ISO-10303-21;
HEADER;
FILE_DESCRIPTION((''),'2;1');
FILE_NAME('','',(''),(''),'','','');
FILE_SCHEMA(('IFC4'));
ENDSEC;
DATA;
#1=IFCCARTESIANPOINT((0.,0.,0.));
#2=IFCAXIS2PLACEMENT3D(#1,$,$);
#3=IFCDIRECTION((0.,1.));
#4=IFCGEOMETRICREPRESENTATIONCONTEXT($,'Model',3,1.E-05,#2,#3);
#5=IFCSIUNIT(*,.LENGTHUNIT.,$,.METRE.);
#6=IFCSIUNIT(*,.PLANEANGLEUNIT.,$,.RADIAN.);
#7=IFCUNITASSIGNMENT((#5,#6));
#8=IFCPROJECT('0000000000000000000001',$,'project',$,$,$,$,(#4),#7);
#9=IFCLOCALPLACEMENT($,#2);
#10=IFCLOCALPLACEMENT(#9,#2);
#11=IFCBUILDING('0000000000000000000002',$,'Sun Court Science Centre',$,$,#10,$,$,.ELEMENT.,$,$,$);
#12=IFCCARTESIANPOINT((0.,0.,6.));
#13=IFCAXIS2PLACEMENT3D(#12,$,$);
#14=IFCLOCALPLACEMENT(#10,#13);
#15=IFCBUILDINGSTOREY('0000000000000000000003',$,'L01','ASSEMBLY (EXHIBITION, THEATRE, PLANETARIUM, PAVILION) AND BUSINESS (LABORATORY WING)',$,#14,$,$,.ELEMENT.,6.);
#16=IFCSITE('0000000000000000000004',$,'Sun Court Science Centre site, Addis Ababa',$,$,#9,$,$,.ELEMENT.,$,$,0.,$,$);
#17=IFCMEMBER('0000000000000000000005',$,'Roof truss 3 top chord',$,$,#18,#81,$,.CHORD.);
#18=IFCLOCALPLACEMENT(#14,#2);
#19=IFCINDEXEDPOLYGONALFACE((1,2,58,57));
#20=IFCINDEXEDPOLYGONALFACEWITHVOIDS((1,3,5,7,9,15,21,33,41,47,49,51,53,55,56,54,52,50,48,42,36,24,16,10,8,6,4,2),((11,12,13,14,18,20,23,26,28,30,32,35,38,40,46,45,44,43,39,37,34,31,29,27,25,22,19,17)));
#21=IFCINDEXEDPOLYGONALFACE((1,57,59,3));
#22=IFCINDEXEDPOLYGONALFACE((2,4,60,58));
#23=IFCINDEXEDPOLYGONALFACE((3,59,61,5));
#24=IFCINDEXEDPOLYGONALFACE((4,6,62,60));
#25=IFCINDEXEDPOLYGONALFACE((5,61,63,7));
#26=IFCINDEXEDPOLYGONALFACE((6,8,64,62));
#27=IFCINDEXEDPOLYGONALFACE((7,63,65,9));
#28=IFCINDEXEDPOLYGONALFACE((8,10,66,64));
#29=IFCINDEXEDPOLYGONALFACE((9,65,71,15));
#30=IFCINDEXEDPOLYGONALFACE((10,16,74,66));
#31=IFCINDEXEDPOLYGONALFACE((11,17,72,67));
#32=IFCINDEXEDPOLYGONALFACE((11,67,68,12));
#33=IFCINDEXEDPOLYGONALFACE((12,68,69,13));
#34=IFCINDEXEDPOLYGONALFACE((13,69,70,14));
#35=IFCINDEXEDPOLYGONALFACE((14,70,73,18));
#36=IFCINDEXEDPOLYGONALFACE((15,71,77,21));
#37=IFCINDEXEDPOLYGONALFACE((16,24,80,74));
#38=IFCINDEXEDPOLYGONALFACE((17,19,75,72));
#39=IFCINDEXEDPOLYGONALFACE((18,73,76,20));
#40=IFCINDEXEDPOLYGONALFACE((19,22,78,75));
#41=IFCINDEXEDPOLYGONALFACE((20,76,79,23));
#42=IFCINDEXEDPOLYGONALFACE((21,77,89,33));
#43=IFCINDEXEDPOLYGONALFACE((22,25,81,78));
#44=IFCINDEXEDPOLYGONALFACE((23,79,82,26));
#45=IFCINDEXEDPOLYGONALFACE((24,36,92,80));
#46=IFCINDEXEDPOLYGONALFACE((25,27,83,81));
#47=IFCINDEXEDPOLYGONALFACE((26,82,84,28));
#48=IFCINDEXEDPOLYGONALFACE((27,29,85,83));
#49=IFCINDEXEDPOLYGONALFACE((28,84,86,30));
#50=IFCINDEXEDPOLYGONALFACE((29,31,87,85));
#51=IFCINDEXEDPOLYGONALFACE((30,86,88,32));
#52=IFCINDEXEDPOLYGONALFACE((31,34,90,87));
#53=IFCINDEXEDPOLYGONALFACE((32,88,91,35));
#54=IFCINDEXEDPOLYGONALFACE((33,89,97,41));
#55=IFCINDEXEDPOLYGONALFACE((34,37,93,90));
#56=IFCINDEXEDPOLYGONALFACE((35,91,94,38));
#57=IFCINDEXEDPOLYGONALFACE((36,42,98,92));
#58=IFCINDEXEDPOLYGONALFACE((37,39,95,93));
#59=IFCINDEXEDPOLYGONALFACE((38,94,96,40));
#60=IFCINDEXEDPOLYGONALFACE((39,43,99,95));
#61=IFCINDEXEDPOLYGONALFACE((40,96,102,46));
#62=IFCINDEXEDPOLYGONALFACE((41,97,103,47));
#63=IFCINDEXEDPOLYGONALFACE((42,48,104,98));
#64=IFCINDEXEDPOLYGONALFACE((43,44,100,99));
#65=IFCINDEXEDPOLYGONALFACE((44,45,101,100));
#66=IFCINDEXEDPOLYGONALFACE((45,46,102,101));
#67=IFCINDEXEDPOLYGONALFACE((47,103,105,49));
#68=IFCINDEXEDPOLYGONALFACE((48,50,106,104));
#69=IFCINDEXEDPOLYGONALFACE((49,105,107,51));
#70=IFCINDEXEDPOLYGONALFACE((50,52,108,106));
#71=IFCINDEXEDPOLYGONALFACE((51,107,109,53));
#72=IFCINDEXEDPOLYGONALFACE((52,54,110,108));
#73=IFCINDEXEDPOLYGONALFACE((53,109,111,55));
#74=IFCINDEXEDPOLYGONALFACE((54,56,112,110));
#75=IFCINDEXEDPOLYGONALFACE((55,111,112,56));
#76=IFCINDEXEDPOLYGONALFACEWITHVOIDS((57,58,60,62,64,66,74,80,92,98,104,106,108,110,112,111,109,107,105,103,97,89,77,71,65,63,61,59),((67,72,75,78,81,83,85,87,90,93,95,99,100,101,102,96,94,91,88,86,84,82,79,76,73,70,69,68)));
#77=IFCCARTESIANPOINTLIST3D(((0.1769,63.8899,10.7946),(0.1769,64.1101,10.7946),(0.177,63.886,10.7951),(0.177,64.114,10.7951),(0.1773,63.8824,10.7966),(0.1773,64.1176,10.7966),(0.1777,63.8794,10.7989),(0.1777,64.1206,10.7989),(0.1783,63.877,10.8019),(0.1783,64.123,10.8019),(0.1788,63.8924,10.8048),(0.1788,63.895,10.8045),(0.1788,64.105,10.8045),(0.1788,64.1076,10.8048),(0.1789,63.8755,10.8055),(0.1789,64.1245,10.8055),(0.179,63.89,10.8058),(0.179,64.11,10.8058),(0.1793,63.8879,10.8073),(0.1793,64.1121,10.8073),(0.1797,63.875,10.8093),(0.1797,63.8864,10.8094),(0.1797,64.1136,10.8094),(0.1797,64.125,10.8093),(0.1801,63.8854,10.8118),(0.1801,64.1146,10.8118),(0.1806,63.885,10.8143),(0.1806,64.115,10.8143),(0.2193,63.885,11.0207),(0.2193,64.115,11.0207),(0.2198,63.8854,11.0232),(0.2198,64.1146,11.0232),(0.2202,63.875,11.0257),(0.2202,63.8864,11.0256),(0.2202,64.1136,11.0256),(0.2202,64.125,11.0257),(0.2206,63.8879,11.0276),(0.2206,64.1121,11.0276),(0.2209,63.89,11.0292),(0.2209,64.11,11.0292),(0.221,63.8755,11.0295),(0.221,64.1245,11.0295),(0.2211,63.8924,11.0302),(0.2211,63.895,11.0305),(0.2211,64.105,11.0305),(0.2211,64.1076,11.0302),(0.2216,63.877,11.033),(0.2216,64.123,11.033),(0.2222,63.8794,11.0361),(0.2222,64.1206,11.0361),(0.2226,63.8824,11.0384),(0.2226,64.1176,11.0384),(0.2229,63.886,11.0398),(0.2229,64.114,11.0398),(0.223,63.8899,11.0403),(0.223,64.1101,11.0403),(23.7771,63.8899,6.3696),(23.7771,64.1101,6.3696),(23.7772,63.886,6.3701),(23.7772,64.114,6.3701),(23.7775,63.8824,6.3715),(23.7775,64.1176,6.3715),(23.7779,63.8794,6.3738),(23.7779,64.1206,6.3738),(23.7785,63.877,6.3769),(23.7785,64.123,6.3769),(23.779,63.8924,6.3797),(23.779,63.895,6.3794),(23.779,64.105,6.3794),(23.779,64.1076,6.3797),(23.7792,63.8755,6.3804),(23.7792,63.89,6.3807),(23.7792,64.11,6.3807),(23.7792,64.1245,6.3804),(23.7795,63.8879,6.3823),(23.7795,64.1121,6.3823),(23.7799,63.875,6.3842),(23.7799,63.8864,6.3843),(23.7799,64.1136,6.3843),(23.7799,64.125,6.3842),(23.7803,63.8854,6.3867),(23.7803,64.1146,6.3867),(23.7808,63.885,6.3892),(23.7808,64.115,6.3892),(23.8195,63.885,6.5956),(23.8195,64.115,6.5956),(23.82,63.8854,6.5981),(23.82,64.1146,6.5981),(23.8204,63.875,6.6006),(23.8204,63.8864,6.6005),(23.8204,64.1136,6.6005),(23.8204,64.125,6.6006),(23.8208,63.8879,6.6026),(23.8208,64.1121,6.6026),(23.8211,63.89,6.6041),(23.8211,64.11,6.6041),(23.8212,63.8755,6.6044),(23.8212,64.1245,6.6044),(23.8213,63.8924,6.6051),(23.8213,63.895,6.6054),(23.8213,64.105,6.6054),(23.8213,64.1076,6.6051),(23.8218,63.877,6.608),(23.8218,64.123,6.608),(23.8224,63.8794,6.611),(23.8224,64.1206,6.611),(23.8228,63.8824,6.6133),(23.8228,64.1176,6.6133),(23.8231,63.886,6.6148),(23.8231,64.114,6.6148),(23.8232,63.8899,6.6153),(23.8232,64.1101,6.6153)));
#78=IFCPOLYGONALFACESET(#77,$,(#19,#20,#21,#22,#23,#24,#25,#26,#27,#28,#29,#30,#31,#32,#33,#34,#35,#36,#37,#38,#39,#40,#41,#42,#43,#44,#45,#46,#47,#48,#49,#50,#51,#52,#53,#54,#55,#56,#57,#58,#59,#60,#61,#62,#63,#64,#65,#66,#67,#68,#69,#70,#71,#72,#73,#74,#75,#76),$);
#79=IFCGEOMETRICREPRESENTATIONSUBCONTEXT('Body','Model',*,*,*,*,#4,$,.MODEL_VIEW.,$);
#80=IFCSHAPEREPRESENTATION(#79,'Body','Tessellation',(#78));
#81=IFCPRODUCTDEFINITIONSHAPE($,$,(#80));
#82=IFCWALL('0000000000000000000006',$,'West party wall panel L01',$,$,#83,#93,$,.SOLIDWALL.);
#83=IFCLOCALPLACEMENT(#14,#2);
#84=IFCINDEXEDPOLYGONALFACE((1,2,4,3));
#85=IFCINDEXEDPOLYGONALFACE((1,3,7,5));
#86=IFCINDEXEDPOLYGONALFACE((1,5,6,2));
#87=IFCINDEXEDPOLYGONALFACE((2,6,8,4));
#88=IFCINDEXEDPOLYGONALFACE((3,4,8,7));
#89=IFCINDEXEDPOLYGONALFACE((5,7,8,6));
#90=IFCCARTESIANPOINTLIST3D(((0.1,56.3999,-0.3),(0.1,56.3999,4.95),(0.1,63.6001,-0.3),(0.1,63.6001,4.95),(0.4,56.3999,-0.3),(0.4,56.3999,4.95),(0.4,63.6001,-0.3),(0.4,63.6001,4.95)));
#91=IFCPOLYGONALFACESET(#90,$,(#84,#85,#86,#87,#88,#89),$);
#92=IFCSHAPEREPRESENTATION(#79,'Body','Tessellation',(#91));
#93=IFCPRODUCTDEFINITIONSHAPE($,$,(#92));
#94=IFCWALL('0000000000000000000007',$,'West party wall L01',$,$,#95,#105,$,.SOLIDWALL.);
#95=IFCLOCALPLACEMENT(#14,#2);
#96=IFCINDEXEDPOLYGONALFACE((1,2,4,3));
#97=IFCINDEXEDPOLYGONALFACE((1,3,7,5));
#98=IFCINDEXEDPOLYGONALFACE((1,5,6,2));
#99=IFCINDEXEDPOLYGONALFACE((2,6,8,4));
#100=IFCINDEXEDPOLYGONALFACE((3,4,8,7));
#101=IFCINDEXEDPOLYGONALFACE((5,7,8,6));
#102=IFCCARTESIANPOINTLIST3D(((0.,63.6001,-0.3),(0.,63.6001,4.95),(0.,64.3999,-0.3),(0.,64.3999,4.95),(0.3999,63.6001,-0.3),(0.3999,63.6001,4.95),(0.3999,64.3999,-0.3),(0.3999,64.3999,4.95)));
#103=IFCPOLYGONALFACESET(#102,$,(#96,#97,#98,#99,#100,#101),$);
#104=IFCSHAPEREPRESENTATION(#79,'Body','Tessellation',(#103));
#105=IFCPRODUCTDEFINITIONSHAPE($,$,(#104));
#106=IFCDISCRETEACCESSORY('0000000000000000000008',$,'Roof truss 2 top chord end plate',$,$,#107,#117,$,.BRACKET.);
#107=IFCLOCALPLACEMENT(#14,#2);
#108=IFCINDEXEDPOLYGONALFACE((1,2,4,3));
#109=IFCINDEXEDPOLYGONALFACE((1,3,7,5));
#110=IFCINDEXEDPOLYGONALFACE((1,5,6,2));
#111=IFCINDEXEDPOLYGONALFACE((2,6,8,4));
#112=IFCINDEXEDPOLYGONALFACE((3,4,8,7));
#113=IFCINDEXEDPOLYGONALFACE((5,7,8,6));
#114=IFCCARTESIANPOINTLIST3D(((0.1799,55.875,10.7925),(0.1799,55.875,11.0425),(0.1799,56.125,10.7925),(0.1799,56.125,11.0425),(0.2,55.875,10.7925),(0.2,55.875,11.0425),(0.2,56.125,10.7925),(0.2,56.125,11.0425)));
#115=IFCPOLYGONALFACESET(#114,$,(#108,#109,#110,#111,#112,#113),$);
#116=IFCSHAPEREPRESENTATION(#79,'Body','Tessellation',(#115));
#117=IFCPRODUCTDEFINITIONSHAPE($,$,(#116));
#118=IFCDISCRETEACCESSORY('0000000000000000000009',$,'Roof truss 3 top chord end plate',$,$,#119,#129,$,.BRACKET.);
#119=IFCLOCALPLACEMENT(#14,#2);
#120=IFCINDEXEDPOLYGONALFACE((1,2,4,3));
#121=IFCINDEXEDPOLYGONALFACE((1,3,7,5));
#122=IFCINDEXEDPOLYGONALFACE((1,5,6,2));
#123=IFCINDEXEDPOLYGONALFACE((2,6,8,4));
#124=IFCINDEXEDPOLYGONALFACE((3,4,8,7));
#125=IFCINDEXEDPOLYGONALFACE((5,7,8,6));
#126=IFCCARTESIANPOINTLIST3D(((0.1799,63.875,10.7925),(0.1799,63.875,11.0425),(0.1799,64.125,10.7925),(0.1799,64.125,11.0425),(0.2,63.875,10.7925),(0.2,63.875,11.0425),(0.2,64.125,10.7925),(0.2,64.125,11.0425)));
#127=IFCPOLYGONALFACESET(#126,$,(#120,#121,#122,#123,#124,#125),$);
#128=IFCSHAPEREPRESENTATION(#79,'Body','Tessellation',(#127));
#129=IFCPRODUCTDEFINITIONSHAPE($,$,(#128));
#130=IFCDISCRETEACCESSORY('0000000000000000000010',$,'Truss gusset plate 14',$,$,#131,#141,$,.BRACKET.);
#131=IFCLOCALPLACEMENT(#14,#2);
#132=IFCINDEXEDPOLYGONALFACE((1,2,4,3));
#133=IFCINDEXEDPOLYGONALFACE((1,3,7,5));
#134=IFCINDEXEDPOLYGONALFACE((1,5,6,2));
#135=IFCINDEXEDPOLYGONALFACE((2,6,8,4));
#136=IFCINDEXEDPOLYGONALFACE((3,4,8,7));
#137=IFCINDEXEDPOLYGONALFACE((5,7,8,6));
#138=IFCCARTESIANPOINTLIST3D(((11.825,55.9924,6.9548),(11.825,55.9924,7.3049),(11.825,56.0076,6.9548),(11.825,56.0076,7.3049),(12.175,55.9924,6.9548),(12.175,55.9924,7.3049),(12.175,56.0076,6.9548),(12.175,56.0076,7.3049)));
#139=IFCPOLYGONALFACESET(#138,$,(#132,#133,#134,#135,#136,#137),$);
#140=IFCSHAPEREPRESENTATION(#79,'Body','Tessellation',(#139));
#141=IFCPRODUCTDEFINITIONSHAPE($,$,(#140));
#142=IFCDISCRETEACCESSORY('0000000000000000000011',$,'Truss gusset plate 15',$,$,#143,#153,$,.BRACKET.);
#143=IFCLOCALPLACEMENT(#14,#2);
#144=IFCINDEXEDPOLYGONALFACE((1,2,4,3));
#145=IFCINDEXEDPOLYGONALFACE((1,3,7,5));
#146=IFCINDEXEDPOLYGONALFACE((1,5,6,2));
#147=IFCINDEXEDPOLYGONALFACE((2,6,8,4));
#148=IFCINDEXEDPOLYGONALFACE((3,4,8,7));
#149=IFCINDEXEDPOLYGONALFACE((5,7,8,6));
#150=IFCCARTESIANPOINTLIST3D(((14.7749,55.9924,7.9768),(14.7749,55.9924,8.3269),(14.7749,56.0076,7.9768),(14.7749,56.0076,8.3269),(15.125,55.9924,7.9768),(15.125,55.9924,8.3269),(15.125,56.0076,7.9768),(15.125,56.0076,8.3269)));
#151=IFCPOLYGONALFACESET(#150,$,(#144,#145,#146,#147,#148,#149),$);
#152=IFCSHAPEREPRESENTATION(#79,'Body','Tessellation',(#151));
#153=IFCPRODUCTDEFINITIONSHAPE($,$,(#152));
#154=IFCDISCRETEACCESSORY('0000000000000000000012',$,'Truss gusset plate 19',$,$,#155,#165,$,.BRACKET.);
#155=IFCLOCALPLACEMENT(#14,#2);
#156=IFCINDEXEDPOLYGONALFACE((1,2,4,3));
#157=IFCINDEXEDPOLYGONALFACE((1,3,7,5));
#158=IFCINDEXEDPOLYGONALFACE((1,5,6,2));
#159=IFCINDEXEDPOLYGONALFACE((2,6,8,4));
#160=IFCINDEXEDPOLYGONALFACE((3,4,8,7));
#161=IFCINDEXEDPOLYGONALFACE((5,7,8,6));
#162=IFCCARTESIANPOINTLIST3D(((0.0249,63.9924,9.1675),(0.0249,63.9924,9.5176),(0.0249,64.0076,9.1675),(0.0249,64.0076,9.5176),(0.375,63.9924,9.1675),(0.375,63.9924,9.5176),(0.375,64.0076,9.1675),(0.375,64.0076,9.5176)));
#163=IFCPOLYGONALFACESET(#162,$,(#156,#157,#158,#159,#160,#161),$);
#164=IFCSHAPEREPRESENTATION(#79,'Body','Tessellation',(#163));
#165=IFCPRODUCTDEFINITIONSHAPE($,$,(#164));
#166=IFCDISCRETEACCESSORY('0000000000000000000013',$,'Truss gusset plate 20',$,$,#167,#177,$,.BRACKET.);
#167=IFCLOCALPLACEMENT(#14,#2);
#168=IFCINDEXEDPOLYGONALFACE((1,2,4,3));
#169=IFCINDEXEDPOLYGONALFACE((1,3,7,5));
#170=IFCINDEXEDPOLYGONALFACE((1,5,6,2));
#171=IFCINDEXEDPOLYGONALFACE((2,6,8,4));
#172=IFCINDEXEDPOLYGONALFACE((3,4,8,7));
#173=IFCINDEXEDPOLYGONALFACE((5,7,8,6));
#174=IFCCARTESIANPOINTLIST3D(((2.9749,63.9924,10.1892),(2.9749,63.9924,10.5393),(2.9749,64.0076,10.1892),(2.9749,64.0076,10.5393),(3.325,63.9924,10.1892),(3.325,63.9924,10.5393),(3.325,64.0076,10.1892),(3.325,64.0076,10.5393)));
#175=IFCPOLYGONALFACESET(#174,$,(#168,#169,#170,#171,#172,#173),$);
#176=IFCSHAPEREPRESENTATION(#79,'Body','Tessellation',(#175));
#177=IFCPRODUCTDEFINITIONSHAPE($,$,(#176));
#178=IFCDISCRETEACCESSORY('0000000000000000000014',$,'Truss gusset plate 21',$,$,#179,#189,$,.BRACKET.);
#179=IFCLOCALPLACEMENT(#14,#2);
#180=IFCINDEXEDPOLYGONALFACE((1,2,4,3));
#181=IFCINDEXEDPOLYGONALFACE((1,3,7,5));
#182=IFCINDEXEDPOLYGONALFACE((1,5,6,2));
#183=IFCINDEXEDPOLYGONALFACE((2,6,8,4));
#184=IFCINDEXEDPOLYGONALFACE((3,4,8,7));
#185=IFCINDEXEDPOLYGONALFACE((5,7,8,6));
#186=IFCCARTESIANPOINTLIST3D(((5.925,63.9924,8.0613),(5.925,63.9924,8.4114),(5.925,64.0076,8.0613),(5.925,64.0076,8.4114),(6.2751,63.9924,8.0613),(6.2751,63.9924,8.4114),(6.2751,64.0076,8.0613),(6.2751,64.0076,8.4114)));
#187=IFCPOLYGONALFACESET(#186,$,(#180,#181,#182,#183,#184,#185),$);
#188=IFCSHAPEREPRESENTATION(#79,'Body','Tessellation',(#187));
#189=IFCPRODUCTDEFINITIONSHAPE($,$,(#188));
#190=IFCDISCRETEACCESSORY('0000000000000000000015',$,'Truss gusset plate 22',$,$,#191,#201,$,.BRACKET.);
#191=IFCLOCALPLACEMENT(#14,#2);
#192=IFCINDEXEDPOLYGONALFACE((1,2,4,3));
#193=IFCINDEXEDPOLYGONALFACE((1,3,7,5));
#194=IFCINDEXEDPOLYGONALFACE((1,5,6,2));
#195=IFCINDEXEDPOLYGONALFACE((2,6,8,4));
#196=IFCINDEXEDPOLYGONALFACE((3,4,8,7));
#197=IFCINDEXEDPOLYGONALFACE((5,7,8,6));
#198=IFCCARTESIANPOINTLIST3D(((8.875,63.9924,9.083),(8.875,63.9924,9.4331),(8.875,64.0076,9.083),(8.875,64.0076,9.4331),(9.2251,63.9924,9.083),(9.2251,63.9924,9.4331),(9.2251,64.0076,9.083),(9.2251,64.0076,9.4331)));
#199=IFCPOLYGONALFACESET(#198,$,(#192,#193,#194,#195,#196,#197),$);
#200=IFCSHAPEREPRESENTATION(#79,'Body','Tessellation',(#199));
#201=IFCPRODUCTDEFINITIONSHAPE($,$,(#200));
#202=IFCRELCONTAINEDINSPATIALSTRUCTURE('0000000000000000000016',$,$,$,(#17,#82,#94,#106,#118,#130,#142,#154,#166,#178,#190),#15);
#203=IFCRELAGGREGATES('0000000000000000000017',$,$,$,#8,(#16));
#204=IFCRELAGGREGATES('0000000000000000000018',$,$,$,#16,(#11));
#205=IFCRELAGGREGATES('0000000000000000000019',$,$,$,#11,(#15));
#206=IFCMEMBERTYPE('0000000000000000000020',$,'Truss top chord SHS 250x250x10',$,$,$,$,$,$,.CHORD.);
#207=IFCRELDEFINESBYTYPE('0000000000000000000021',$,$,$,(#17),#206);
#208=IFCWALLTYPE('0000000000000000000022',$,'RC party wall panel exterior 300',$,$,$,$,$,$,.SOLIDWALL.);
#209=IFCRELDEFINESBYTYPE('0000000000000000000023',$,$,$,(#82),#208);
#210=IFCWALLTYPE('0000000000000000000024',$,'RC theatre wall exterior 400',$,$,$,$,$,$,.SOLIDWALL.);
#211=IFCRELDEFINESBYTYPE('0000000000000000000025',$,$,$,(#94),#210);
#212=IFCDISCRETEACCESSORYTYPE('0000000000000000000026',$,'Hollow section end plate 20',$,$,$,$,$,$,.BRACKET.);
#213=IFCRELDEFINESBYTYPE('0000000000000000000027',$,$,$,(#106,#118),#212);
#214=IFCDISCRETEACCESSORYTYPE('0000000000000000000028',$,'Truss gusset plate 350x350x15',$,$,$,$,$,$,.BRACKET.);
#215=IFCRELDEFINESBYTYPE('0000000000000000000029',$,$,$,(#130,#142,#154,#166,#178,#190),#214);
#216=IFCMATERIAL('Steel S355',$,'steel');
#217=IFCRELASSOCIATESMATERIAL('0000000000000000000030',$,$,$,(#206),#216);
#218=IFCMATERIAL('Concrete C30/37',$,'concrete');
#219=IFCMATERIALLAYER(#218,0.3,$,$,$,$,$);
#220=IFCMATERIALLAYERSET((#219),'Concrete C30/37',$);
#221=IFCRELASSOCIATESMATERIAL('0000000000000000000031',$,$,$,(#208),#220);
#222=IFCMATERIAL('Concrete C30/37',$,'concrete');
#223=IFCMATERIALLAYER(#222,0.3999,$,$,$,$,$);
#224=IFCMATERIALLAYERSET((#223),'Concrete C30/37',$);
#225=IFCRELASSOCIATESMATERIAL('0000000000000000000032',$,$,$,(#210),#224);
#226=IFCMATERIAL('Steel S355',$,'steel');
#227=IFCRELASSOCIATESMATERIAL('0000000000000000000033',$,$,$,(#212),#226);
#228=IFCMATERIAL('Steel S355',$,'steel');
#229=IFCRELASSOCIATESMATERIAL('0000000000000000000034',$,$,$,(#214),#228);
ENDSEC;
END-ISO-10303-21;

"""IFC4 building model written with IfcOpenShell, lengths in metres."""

from ifc_helpers import new_model, si_unit, direction, frame, frame_2d, origin, origin_2d, place, context, subcontext, project, spatial, rectangle, hollow_rectangle, extrude, material, layer, layer_set, material_profile, profile_set, type_object, element, save


model = new_model("IFC4")

# Units and contexts
model_context = context("Model", 3, precision=1e-05, world=origin(), true_north=direction((0.0, 1.0)))
body_context = subcontext(model_context, "Body", "Model", "MODEL_VIEW")
ifc_project = project(units=[si_unit("LENGTHUNIT", "METRE"), si_unit("PLANEANGLEUNIT", "RADIAN")], contexts=[model_context])

# Site, building, storey
site_placement = place(None, origin())
site = spatial("IfcSite", under=ifc_project, at=site_placement, Name="Sun Court Science Centre site, Addis Ababa", CompositionType="ELEMENT", RefElevation=0.0)
building_placement = place(site_placement, origin())
building = spatial("IfcBuilding", under=site, at=building_placement, Name="Sun Court Science Centre", CompositionType="ELEMENT")
storey_placement = place(building_placement, frame((0.0, 0.0, 6.0)))
storey = spatial("IfcBuildingStorey", under=building, at=storey_placement, Name="L01", Description="ASSEMBLY (EXHIBITION, THEATRE, PLANETARIUM, PAVILION) AND BUSINESS (LABORATORY WING)", CompositionType="ELEMENT", Elevation=6.0)

# Member
ifc_material_1 = material(Name="Steel S355", Category="steel")
ifc_material_profile_1 = material_profile(ifc_material_1, hollow_rectangle(XDim=0.25, YDim=0.25, WallThickness=0.01, InnerFilletRadius=0.01, OuterFilletRadius=0.0149, at=origin_2d()), Name="SHS 250x250x10")
ifc_profile_set_1 = profile_set([ifc_material_profile_1], Name="Steel S355")
member_type_1 = type_object("IfcMemberType", Name="Truss top chord SHS 250x250x10", PredefinedType="CHORD", material=ifc_profile_set_1)
for number, where, z_axis, x_axis, name in (
    (1, (0.2, 64.0, 10.9175), (0.982872, 0.0, -0.18429), (0.0, 1.0, 0.0), "Roof truss 3 top chord"),
):
    element("IfcMember", number, at=place(storey_placement, frame(where, z_axis=z_axis, x_axis=x_axis)), inside=storey, type_object=member_type_1, Name=name, PredefinedType="CHORD", context=body_context, shape_type="SweptSolid", body=[
        extrude(hollow_rectangle(XDim=0.25, YDim=0.25, WallThickness=0.01, InnerFilletRadius=0.01, OuterFilletRadius=0.0149, at=origin_2d()), origin(), (0.0, 0.0, 1.0), 24.0115),
    ])

# Walls
ifc_material_2 = material(Name="Concrete C30/37", Category="concrete")
ifc_layer_1 = layer(ifc_material_2, 0.3)
ifc_layer_set_1 = layer_set([ifc_layer_1], Name="Concrete C30/37")
wall_type_1 = type_object("IfcWallType", Name="RC party wall panel exterior 300", PredefinedType="SOLIDWALL", material=ifc_layer_set_1)
wall_1_placement = place(storey_placement, frame((0.25, 56.3999, -0.3), z_axis=(0.0, 0.0, 1.0), x_axis=(0.0, 1.0, 0.0)))
element("IfcWall", 2, at=wall_1_placement, inside=storey, type_object=wall_type_1, Name="West party wall panel L01", PredefinedType="SOLIDWALL", context=body_context, shape_type="SweptSolid", body=[
    extrude(rectangle(XDim=7.2002, YDim=0.3, at=frame_2d((3.6001, 0.0))), origin(), (0.0, 0.0, 1.0), 5.25),
])
ifc_material_3 = material(Name="Concrete C30/37", Category="concrete")
ifc_layer_2 = layer(ifc_material_3, 0.3999)
ifc_layer_set_2 = layer_set([ifc_layer_2], Name="Concrete C30/37")
wall_type_2 = type_object("IfcWallType", Name="RC theatre wall exterior 400", PredefinedType="SOLIDWALL", material=ifc_layer_set_2)
wall_2_placement = place(storey_placement, frame((0.2, 63.6001, -0.3), z_axis=(0.0, 0.0, 1.0), x_axis=(0.0, 1.0, 0.0)))
element("IfcWall", 3, at=wall_2_placement, inside=storey, type_object=wall_type_2, Name="West party wall L01", PredefinedType="SOLIDWALL", context=body_context, shape_type="SweptSolid", body=[
    extrude(rectangle(XDim=0.7998, YDim=0.3999, at=frame_2d((0.3999, 0.0))), origin(), (0.0, 0.0, 1.0), 5.25),
])

# Discrete accessories
ifc_material_4 = material(Name="Steel S355", Category="steel")
discrete_accessory_type_1 = type_object("IfcDiscreteAccessoryType", Name="Hollow section end plate 20", PredefinedType="BRACKET", material=ifc_material_4)
for number, where, z_axis, x_axis, name in (
    (4, (0.1899, 56.0, 10.7925), (0.0, 0.0, 1.0), (1.0, 0.0, 0.0), "Roof truss 2 top chord end plate"),
    (5, (0.1899, 64.0, 10.7925), (0.0, 0.0, 1.0), (1.0, 0.0, 0.0), "Roof truss 3 top chord end plate"),
):
    element("IfcDiscreteAccessory", number, at=place(storey_placement, frame(where, z_axis=z_axis, x_axis=x_axis)), inside=storey, type_object=discrete_accessory_type_1, Name=name, PredefinedType="BRACKET", context=body_context, shape_type="SweptSolid", body=[
        extrude(rectangle(XDim=0.02, YDim=0.25, at=origin_2d()), origin(), (0.0, 0.0, 1.0), 0.25),
    ])
ifc_material_5 = material(Name="Steel S355", Category="steel")
ifc_material_profile_2 = material_profile(ifc_material_5, rectangle(XDim=0.3501, YDim=0.3501, at=origin_2d()), Name="PL 350x350")
ifc_profile_set_2 = profile_set([ifc_material_profile_2], Name="Steel S355")
discrete_accessory_type_2 = type_object("IfcDiscreteAccessoryType", Name="Truss gusset plate 350x350x15", PredefinedType="BRACKET", material=ifc_profile_set_2)
for number, where, z_axis, x_axis, name in (
    (6, (12.0, 55.9924, 7.1299), (0.0, 1.0, 0.0), (-1.0, 0.0, 0.0), "Truss gusset plate 14"),
    (7, (14.95, 55.9924, 8.1519), (0.0, 1.0, 0.0), (-1.0, 0.0, 0.0), "Truss gusset plate 15"),
    (8, (0.2, 63.9924, 9.3425), (0.0, 1.0, 0.0), (-1.0, 0.0, 0.0), "Truss gusset plate 19"),
    (9, (3.1499, 63.9924, 10.3643), (0.0, 1.0, 0.0), (-1.0, 0.0, 0.0), "Truss gusset plate 20"),
    (10, (6.1001, 63.9924, 8.2363), (0.0, 1.0, 0.0), (-1.0, 0.0, 0.0), "Truss gusset plate 21"),
    (11, (9.05, 63.9924, 9.2581), (0.0, 1.0, 0.0), (-1.0, 0.0, 0.0), "Truss gusset plate 22"),
):
    element("IfcDiscreteAccessory", number, at=place(storey_placement, frame(where, z_axis=z_axis, x_axis=x_axis)), inside=storey, type_object=discrete_accessory_type_2, Name=name, PredefinedType="BRACKET", context=body_context, shape_type="SweptSolid", body=[
        extrude(rectangle(XDim=0.3501, YDim=0.3501, at=origin_2d()), origin(), (0.0, 0.0, 1.0), 0.0151),
    ])

save(model, "model.ifc")
